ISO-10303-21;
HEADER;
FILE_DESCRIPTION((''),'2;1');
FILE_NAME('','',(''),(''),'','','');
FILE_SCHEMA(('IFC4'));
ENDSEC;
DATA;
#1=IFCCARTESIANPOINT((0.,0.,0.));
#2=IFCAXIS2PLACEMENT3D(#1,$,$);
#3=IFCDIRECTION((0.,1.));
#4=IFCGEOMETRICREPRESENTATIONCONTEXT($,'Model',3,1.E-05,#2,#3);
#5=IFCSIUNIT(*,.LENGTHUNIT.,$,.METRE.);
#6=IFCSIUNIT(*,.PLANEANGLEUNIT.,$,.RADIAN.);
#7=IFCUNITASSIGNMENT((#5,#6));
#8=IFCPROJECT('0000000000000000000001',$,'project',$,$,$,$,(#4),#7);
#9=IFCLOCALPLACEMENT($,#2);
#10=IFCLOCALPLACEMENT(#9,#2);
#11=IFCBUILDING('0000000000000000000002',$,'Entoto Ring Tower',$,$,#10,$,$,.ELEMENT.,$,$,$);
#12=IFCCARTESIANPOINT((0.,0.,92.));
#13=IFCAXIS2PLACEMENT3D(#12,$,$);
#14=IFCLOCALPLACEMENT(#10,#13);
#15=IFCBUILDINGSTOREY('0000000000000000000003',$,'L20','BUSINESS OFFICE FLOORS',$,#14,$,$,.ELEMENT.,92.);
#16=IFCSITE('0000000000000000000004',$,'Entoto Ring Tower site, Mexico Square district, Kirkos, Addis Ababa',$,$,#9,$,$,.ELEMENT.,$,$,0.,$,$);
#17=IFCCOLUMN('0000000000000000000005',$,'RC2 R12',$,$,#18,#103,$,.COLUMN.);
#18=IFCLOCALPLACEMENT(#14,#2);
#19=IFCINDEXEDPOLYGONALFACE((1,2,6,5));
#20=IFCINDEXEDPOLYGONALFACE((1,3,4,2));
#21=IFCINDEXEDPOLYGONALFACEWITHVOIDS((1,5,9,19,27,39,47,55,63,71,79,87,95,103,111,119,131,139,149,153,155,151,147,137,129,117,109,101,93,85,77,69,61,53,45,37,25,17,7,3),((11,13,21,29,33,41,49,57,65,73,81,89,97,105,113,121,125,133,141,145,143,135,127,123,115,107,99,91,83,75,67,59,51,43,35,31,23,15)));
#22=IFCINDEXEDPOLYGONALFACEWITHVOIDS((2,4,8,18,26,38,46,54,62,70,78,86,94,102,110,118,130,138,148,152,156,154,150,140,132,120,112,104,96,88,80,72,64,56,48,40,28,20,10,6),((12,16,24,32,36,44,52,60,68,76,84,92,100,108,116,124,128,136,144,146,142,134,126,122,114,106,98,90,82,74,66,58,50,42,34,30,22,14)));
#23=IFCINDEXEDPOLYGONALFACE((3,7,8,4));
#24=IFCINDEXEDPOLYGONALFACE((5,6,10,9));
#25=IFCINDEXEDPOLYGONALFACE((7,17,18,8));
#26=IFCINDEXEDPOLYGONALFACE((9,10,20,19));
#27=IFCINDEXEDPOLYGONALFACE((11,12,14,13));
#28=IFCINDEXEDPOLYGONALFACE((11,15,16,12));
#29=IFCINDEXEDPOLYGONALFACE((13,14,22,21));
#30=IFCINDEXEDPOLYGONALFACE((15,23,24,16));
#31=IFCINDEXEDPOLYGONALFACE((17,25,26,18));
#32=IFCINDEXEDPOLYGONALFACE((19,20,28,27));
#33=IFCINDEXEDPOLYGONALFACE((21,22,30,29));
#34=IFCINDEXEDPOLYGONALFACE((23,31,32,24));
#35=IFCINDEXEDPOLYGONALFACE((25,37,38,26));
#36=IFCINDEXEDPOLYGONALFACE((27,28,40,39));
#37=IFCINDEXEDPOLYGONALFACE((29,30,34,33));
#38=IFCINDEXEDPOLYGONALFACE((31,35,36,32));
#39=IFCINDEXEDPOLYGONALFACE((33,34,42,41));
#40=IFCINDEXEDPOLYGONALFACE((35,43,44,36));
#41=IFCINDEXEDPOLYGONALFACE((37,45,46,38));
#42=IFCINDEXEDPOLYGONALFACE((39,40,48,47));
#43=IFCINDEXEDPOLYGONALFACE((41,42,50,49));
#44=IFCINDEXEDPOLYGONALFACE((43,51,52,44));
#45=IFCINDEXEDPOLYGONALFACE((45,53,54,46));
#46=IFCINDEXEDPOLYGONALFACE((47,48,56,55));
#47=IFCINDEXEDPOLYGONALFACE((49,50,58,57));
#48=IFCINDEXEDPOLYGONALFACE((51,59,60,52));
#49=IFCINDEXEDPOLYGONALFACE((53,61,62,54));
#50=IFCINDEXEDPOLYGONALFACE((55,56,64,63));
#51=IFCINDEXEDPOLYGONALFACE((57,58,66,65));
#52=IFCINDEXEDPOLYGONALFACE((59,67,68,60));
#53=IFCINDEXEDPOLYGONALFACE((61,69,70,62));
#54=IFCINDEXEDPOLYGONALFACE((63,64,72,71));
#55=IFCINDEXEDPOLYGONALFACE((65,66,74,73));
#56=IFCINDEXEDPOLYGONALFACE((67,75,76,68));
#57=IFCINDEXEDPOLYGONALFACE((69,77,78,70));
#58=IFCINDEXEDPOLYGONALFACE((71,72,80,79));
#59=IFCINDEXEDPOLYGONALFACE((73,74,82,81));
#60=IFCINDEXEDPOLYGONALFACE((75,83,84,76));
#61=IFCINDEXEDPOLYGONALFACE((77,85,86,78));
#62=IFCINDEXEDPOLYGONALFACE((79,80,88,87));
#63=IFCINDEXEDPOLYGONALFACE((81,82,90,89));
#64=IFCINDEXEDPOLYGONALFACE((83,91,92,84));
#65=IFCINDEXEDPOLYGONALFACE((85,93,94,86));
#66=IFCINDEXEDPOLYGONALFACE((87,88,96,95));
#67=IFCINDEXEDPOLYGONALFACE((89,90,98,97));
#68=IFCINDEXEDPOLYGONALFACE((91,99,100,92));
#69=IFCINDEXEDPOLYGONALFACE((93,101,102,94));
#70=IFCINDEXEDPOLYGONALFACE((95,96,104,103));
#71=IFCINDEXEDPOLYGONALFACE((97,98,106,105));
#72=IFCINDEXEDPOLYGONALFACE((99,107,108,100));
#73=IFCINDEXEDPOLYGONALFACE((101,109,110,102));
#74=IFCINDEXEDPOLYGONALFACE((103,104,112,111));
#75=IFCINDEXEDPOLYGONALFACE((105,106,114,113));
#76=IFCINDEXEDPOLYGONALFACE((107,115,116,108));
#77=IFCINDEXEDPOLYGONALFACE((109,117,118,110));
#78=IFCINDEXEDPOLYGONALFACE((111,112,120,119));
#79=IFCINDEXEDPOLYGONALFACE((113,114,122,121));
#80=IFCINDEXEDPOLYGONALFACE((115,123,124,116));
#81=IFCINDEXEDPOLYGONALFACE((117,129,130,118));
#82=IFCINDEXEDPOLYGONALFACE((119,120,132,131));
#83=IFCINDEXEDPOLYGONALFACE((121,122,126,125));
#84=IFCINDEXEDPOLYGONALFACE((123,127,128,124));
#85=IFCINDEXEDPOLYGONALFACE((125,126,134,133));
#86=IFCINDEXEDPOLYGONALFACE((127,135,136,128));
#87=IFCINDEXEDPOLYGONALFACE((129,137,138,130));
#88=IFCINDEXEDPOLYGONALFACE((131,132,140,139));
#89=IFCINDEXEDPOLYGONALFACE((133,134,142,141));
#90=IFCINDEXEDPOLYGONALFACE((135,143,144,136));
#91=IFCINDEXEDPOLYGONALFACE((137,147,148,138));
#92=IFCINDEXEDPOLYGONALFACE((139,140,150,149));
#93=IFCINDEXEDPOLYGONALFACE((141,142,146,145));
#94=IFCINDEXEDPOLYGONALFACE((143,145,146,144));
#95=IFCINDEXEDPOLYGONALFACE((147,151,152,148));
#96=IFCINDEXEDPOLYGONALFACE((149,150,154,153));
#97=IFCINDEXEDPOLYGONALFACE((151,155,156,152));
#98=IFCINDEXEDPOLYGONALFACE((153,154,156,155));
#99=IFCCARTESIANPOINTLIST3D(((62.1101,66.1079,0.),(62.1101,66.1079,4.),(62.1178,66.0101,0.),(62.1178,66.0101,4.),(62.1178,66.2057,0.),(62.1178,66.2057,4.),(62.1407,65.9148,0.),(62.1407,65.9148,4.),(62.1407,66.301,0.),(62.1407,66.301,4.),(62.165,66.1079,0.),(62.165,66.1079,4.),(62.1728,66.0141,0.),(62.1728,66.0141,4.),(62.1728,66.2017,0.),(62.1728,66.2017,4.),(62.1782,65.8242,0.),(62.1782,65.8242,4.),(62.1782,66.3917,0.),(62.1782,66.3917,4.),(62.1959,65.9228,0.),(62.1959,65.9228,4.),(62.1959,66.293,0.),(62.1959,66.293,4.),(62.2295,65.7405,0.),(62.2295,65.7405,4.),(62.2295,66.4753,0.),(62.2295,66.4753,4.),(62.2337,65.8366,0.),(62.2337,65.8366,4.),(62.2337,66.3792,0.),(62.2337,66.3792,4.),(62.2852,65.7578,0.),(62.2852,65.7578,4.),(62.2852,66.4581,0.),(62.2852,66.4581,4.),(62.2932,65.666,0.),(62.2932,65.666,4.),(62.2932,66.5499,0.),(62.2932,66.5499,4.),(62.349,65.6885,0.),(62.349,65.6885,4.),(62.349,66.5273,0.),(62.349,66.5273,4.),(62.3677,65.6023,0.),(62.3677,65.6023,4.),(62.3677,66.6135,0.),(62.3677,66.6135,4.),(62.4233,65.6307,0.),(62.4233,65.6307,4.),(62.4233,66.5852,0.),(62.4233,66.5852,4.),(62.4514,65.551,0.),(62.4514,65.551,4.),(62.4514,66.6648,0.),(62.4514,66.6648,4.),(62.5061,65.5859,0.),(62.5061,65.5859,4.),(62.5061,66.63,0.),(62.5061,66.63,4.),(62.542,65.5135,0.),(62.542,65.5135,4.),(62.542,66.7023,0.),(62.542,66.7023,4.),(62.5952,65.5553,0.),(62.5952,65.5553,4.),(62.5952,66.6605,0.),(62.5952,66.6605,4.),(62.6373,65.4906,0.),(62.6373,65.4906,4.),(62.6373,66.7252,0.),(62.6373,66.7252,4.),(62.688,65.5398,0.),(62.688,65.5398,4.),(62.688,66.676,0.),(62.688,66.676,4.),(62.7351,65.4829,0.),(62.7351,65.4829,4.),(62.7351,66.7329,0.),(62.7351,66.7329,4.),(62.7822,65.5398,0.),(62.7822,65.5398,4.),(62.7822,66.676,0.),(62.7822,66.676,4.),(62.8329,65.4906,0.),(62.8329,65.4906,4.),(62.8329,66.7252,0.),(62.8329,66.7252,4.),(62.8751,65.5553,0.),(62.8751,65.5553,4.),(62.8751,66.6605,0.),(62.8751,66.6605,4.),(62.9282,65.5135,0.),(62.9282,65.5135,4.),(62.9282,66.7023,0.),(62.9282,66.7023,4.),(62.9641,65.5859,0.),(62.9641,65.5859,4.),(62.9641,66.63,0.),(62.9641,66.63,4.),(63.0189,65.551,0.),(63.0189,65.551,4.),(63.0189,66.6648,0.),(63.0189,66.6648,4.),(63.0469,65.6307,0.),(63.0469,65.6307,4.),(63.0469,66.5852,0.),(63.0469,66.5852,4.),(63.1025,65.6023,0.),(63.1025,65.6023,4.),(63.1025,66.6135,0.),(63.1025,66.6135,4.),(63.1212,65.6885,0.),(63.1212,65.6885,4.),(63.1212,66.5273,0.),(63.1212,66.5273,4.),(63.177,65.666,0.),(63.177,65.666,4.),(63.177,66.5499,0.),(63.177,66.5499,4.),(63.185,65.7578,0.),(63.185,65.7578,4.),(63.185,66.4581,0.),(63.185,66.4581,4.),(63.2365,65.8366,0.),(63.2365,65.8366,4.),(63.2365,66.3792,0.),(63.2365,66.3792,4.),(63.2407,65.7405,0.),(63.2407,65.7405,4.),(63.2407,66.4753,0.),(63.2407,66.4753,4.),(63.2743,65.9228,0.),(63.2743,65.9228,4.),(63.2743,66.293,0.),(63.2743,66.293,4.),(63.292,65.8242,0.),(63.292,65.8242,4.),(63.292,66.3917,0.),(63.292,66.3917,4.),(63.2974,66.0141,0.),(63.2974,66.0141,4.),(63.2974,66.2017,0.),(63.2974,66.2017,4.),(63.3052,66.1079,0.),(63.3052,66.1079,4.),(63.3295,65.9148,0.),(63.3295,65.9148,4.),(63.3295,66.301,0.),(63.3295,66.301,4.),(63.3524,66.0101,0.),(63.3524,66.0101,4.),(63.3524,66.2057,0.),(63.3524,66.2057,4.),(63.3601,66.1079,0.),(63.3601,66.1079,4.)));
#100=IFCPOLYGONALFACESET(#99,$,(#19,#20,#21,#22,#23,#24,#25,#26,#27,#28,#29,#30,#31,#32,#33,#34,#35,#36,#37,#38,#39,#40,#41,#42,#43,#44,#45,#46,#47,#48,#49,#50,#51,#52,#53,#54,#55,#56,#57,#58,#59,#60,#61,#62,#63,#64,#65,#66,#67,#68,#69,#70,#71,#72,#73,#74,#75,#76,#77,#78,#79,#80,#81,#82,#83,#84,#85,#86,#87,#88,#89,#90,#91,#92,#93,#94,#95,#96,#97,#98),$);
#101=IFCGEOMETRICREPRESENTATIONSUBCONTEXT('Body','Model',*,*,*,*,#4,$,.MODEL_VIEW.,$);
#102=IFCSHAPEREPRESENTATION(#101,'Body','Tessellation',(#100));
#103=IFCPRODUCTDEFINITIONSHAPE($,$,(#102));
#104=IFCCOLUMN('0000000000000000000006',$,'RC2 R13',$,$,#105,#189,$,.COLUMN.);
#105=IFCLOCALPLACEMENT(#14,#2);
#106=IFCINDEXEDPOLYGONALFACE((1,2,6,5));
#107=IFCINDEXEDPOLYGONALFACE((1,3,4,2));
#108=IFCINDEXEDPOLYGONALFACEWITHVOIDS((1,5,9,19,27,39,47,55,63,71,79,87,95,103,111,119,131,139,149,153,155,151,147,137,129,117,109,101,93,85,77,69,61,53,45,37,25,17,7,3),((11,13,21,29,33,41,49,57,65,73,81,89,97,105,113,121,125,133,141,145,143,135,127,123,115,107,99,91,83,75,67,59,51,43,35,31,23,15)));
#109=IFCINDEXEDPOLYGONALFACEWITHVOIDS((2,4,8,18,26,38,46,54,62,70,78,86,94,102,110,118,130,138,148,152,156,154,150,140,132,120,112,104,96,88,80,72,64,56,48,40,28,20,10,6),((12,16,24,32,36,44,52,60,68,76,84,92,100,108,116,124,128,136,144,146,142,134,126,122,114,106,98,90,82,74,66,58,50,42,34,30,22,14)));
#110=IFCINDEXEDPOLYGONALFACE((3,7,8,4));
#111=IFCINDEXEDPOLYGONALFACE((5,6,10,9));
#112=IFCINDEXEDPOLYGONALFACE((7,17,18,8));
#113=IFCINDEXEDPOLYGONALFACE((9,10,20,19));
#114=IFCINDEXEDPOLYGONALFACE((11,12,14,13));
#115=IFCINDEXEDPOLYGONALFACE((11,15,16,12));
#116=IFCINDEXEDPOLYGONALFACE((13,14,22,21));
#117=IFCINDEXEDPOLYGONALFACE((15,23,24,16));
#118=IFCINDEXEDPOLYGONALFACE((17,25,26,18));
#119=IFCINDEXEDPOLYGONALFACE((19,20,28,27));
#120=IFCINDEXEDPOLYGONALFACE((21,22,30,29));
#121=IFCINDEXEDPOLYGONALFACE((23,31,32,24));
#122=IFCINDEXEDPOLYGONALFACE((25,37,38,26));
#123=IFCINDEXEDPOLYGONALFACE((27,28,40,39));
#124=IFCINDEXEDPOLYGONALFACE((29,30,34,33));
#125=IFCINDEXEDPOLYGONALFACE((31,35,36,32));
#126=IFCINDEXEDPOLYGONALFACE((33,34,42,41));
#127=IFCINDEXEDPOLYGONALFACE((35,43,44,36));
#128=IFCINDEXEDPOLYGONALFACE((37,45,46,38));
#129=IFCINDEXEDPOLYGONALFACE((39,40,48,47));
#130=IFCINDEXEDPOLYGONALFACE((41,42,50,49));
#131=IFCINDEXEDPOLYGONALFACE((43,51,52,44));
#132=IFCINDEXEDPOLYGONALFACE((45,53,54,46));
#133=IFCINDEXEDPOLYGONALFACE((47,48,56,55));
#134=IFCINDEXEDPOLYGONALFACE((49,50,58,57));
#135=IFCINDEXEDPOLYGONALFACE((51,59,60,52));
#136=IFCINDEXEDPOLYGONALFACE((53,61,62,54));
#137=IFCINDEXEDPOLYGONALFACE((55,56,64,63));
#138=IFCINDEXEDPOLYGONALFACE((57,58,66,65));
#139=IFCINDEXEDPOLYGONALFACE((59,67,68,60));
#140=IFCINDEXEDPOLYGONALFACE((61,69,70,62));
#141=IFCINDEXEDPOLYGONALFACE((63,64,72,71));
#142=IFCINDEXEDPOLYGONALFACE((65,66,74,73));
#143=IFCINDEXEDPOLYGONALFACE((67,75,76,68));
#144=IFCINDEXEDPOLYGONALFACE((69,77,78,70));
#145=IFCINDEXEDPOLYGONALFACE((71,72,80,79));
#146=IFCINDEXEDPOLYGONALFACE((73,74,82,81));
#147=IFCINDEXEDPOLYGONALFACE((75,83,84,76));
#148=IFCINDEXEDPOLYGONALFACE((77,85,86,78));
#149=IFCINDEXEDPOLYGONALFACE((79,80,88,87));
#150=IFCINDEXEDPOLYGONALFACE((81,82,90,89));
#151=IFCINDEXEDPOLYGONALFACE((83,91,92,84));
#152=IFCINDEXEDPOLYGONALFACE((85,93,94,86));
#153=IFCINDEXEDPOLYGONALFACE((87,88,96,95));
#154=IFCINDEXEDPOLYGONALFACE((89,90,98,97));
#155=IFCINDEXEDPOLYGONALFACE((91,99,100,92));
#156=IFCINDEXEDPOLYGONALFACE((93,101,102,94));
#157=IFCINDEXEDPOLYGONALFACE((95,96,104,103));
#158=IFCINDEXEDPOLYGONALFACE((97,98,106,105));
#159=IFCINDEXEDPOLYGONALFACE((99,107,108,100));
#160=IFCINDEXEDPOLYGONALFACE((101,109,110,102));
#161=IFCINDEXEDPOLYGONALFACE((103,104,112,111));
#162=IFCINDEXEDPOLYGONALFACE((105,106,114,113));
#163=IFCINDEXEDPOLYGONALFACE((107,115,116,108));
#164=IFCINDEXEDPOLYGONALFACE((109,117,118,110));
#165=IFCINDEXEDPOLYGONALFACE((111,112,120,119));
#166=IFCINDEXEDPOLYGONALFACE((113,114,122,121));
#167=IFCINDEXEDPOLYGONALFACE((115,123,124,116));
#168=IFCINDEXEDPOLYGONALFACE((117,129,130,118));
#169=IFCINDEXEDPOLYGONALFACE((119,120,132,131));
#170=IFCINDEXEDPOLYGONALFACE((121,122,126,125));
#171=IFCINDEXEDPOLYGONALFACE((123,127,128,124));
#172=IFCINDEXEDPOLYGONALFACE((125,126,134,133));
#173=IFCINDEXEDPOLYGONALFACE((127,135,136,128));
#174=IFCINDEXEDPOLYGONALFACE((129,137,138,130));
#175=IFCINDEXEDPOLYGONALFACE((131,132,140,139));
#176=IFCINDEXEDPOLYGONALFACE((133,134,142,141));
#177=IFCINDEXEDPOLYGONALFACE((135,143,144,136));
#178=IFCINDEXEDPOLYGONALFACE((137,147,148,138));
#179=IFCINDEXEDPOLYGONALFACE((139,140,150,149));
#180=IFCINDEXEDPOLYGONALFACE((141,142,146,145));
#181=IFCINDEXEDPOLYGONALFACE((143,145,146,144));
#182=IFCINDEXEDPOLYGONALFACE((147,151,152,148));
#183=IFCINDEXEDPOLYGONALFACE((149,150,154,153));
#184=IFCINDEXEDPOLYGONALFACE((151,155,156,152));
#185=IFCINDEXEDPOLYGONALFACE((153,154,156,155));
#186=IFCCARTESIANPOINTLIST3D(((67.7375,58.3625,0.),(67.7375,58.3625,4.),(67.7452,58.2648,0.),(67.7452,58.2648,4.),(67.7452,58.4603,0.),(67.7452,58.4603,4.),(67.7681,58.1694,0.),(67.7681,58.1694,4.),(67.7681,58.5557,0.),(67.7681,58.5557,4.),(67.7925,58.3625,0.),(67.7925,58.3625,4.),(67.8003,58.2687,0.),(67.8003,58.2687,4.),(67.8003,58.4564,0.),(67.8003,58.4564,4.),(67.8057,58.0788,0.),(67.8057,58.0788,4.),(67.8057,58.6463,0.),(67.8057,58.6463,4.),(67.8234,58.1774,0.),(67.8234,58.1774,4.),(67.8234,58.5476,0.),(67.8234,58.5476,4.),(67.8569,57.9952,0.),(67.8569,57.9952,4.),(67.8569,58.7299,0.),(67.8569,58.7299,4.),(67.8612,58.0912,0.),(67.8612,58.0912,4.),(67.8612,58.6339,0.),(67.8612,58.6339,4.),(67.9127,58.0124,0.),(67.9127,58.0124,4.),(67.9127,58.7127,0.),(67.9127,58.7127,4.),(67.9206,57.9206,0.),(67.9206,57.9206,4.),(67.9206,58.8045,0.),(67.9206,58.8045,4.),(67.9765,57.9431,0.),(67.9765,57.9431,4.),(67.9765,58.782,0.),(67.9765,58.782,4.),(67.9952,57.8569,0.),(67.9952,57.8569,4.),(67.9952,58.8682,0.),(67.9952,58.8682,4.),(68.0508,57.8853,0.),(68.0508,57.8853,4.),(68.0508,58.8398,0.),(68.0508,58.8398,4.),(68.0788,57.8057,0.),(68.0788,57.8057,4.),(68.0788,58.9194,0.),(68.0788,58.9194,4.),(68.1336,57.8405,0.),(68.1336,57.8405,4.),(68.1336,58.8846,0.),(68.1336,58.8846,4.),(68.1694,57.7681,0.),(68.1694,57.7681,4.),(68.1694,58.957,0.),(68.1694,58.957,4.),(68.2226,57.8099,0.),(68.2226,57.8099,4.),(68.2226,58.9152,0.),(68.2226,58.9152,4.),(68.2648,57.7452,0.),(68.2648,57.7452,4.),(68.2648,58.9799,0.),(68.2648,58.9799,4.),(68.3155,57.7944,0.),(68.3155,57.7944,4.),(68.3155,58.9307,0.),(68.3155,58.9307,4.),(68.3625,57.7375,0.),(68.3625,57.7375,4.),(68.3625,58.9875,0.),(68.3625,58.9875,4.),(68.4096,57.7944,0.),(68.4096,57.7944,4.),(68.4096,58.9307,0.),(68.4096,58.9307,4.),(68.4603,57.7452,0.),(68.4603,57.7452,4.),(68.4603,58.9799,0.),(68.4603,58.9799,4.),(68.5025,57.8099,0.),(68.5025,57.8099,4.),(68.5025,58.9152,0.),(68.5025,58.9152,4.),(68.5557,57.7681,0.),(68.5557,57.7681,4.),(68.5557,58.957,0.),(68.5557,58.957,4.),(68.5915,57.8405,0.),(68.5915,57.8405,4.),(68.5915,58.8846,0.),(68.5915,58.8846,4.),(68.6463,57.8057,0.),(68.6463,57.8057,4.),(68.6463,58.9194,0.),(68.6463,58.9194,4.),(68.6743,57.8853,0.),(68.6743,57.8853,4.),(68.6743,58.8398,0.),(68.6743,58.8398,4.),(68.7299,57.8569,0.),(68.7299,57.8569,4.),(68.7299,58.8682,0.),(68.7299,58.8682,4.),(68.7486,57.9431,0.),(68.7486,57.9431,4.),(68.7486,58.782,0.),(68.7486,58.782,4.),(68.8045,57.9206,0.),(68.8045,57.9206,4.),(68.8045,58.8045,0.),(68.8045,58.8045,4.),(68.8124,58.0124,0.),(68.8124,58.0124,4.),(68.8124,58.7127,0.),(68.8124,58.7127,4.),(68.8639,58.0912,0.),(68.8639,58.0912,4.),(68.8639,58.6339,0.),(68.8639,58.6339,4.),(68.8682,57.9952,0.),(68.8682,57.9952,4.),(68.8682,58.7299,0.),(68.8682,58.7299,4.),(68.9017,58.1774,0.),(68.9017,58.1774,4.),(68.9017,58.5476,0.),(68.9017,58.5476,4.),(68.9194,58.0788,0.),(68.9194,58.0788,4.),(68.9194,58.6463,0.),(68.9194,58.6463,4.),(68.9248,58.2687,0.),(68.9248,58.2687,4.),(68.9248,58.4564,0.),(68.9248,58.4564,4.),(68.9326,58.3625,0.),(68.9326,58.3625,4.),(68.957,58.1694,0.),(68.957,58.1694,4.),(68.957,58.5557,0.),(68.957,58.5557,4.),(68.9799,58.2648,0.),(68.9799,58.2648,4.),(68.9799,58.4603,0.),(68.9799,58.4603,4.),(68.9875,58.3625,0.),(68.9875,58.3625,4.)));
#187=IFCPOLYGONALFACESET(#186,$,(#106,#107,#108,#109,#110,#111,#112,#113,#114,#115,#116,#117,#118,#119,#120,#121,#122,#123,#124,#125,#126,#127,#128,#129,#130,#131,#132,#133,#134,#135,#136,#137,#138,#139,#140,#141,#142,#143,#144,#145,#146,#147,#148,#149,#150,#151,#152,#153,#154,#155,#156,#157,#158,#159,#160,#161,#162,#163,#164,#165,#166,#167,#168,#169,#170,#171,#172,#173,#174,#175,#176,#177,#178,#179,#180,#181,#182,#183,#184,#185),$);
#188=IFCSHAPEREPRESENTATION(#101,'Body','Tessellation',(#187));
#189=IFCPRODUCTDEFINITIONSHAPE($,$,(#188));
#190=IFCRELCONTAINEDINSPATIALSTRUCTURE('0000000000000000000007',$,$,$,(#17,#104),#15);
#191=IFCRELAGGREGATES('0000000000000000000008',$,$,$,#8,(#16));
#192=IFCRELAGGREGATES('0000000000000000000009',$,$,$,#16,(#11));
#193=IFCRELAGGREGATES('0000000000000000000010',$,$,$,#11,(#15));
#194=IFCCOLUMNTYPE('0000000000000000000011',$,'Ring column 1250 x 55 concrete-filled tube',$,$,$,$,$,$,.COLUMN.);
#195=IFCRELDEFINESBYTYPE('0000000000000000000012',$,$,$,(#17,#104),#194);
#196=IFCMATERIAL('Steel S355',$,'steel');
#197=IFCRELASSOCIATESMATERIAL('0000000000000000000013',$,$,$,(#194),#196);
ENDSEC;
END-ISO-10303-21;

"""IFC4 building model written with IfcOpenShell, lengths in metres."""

from ifc_helpers import new_model, si_unit, direction, frame, origin, origin_2d, place, context, subcontext, project, spatial, circle, hollow_circle, extrude, material, material_profile, profile_set, type_object, element, save


model = new_model("IFC4")

# Units and contexts
model_context = context("Model", 3, precision=1e-05, world=origin(), true_north=direction((0.0, 1.0)))
body_context = subcontext(model_context, "Body", "Model", "MODEL_VIEW")
ifc_project = project(units=[si_unit("LENGTHUNIT", "METRE"), si_unit("PLANEANGLEUNIT", "RADIAN")], contexts=[model_context])

# Site, building, storey
site_placement = place(None, origin())
site = spatial("IfcSite", under=ifc_project, at=site_placement, Name="Entoto Ring Tower site, Mexico Square district, Kirkos, Addis Ababa", CompositionType="ELEMENT", RefElevation=0.0)
building_placement = place(site_placement, origin())
building = spatial("IfcBuilding", under=site, at=building_placement, Name="Entoto Ring Tower", CompositionType="ELEMENT")
storey_placement = place(building_placement, frame((0.0, 0.0, 92.0)))
storey = spatial("IfcBuildingStorey", under=building, at=storey_placement, Name="L20", Description="BUSINESS OFFICE FLOORS", CompositionType="ELEMENT", Elevation=92.0)

# Columns
ifc_material_1 = material(Name="Steel S355", Category="steel")
ifc_material_profile_1 = material_profile(ifc_material_1, hollow_circle(Radius=0.625, WallThickness=0.0549, at=origin_2d()), Name="CHS 1250 x 55")
ifc_material_2 = material(Name="Concrete C60/75", Category="concrete")
ifc_material_profile_2 = material_profile(ifc_material_2, circle(Radius=0.5701, at=origin_2d()), Name="Concrete C60/75 infill")
ifc_profile_set_1 = profile_set([ifc_material_profile_1, ifc_material_profile_2], Name="Steel S355")
column_type = type_object("IfcColumnType", Name="Ring column 1250 x 55 concrete-filled tube", PredefinedType="COLUMN", material=ifc_profile_set_1)
for number, where, z_axis, x_axis, name in (
    (1, (62.7351, 66.1079, 0.0), (0.0, 0.0, 1.0), (1.0, 0.0, 0.0), "RC2 R12"),
    (2, (68.3625, 58.3625, 0.0), (0.0, 0.0, 1.0), (1.0, 0.0, 0.0), "RC2 R13"),
):
    element("IfcColumn", number, at=place(storey_placement, frame(where, z_axis=z_axis, x_axis=x_axis)), inside=storey, type_object=column_type, Name=name, PredefinedType="COLUMN", context=body_context, shape_type="SweptSolid", body=[
        extrude(hollow_circle(Radius=0.625, WallThickness=0.0549, at=origin_2d()), origin(), (0.0, 0.0, 1.0), 4.0),
    ])

save(model, "model.ifc")
